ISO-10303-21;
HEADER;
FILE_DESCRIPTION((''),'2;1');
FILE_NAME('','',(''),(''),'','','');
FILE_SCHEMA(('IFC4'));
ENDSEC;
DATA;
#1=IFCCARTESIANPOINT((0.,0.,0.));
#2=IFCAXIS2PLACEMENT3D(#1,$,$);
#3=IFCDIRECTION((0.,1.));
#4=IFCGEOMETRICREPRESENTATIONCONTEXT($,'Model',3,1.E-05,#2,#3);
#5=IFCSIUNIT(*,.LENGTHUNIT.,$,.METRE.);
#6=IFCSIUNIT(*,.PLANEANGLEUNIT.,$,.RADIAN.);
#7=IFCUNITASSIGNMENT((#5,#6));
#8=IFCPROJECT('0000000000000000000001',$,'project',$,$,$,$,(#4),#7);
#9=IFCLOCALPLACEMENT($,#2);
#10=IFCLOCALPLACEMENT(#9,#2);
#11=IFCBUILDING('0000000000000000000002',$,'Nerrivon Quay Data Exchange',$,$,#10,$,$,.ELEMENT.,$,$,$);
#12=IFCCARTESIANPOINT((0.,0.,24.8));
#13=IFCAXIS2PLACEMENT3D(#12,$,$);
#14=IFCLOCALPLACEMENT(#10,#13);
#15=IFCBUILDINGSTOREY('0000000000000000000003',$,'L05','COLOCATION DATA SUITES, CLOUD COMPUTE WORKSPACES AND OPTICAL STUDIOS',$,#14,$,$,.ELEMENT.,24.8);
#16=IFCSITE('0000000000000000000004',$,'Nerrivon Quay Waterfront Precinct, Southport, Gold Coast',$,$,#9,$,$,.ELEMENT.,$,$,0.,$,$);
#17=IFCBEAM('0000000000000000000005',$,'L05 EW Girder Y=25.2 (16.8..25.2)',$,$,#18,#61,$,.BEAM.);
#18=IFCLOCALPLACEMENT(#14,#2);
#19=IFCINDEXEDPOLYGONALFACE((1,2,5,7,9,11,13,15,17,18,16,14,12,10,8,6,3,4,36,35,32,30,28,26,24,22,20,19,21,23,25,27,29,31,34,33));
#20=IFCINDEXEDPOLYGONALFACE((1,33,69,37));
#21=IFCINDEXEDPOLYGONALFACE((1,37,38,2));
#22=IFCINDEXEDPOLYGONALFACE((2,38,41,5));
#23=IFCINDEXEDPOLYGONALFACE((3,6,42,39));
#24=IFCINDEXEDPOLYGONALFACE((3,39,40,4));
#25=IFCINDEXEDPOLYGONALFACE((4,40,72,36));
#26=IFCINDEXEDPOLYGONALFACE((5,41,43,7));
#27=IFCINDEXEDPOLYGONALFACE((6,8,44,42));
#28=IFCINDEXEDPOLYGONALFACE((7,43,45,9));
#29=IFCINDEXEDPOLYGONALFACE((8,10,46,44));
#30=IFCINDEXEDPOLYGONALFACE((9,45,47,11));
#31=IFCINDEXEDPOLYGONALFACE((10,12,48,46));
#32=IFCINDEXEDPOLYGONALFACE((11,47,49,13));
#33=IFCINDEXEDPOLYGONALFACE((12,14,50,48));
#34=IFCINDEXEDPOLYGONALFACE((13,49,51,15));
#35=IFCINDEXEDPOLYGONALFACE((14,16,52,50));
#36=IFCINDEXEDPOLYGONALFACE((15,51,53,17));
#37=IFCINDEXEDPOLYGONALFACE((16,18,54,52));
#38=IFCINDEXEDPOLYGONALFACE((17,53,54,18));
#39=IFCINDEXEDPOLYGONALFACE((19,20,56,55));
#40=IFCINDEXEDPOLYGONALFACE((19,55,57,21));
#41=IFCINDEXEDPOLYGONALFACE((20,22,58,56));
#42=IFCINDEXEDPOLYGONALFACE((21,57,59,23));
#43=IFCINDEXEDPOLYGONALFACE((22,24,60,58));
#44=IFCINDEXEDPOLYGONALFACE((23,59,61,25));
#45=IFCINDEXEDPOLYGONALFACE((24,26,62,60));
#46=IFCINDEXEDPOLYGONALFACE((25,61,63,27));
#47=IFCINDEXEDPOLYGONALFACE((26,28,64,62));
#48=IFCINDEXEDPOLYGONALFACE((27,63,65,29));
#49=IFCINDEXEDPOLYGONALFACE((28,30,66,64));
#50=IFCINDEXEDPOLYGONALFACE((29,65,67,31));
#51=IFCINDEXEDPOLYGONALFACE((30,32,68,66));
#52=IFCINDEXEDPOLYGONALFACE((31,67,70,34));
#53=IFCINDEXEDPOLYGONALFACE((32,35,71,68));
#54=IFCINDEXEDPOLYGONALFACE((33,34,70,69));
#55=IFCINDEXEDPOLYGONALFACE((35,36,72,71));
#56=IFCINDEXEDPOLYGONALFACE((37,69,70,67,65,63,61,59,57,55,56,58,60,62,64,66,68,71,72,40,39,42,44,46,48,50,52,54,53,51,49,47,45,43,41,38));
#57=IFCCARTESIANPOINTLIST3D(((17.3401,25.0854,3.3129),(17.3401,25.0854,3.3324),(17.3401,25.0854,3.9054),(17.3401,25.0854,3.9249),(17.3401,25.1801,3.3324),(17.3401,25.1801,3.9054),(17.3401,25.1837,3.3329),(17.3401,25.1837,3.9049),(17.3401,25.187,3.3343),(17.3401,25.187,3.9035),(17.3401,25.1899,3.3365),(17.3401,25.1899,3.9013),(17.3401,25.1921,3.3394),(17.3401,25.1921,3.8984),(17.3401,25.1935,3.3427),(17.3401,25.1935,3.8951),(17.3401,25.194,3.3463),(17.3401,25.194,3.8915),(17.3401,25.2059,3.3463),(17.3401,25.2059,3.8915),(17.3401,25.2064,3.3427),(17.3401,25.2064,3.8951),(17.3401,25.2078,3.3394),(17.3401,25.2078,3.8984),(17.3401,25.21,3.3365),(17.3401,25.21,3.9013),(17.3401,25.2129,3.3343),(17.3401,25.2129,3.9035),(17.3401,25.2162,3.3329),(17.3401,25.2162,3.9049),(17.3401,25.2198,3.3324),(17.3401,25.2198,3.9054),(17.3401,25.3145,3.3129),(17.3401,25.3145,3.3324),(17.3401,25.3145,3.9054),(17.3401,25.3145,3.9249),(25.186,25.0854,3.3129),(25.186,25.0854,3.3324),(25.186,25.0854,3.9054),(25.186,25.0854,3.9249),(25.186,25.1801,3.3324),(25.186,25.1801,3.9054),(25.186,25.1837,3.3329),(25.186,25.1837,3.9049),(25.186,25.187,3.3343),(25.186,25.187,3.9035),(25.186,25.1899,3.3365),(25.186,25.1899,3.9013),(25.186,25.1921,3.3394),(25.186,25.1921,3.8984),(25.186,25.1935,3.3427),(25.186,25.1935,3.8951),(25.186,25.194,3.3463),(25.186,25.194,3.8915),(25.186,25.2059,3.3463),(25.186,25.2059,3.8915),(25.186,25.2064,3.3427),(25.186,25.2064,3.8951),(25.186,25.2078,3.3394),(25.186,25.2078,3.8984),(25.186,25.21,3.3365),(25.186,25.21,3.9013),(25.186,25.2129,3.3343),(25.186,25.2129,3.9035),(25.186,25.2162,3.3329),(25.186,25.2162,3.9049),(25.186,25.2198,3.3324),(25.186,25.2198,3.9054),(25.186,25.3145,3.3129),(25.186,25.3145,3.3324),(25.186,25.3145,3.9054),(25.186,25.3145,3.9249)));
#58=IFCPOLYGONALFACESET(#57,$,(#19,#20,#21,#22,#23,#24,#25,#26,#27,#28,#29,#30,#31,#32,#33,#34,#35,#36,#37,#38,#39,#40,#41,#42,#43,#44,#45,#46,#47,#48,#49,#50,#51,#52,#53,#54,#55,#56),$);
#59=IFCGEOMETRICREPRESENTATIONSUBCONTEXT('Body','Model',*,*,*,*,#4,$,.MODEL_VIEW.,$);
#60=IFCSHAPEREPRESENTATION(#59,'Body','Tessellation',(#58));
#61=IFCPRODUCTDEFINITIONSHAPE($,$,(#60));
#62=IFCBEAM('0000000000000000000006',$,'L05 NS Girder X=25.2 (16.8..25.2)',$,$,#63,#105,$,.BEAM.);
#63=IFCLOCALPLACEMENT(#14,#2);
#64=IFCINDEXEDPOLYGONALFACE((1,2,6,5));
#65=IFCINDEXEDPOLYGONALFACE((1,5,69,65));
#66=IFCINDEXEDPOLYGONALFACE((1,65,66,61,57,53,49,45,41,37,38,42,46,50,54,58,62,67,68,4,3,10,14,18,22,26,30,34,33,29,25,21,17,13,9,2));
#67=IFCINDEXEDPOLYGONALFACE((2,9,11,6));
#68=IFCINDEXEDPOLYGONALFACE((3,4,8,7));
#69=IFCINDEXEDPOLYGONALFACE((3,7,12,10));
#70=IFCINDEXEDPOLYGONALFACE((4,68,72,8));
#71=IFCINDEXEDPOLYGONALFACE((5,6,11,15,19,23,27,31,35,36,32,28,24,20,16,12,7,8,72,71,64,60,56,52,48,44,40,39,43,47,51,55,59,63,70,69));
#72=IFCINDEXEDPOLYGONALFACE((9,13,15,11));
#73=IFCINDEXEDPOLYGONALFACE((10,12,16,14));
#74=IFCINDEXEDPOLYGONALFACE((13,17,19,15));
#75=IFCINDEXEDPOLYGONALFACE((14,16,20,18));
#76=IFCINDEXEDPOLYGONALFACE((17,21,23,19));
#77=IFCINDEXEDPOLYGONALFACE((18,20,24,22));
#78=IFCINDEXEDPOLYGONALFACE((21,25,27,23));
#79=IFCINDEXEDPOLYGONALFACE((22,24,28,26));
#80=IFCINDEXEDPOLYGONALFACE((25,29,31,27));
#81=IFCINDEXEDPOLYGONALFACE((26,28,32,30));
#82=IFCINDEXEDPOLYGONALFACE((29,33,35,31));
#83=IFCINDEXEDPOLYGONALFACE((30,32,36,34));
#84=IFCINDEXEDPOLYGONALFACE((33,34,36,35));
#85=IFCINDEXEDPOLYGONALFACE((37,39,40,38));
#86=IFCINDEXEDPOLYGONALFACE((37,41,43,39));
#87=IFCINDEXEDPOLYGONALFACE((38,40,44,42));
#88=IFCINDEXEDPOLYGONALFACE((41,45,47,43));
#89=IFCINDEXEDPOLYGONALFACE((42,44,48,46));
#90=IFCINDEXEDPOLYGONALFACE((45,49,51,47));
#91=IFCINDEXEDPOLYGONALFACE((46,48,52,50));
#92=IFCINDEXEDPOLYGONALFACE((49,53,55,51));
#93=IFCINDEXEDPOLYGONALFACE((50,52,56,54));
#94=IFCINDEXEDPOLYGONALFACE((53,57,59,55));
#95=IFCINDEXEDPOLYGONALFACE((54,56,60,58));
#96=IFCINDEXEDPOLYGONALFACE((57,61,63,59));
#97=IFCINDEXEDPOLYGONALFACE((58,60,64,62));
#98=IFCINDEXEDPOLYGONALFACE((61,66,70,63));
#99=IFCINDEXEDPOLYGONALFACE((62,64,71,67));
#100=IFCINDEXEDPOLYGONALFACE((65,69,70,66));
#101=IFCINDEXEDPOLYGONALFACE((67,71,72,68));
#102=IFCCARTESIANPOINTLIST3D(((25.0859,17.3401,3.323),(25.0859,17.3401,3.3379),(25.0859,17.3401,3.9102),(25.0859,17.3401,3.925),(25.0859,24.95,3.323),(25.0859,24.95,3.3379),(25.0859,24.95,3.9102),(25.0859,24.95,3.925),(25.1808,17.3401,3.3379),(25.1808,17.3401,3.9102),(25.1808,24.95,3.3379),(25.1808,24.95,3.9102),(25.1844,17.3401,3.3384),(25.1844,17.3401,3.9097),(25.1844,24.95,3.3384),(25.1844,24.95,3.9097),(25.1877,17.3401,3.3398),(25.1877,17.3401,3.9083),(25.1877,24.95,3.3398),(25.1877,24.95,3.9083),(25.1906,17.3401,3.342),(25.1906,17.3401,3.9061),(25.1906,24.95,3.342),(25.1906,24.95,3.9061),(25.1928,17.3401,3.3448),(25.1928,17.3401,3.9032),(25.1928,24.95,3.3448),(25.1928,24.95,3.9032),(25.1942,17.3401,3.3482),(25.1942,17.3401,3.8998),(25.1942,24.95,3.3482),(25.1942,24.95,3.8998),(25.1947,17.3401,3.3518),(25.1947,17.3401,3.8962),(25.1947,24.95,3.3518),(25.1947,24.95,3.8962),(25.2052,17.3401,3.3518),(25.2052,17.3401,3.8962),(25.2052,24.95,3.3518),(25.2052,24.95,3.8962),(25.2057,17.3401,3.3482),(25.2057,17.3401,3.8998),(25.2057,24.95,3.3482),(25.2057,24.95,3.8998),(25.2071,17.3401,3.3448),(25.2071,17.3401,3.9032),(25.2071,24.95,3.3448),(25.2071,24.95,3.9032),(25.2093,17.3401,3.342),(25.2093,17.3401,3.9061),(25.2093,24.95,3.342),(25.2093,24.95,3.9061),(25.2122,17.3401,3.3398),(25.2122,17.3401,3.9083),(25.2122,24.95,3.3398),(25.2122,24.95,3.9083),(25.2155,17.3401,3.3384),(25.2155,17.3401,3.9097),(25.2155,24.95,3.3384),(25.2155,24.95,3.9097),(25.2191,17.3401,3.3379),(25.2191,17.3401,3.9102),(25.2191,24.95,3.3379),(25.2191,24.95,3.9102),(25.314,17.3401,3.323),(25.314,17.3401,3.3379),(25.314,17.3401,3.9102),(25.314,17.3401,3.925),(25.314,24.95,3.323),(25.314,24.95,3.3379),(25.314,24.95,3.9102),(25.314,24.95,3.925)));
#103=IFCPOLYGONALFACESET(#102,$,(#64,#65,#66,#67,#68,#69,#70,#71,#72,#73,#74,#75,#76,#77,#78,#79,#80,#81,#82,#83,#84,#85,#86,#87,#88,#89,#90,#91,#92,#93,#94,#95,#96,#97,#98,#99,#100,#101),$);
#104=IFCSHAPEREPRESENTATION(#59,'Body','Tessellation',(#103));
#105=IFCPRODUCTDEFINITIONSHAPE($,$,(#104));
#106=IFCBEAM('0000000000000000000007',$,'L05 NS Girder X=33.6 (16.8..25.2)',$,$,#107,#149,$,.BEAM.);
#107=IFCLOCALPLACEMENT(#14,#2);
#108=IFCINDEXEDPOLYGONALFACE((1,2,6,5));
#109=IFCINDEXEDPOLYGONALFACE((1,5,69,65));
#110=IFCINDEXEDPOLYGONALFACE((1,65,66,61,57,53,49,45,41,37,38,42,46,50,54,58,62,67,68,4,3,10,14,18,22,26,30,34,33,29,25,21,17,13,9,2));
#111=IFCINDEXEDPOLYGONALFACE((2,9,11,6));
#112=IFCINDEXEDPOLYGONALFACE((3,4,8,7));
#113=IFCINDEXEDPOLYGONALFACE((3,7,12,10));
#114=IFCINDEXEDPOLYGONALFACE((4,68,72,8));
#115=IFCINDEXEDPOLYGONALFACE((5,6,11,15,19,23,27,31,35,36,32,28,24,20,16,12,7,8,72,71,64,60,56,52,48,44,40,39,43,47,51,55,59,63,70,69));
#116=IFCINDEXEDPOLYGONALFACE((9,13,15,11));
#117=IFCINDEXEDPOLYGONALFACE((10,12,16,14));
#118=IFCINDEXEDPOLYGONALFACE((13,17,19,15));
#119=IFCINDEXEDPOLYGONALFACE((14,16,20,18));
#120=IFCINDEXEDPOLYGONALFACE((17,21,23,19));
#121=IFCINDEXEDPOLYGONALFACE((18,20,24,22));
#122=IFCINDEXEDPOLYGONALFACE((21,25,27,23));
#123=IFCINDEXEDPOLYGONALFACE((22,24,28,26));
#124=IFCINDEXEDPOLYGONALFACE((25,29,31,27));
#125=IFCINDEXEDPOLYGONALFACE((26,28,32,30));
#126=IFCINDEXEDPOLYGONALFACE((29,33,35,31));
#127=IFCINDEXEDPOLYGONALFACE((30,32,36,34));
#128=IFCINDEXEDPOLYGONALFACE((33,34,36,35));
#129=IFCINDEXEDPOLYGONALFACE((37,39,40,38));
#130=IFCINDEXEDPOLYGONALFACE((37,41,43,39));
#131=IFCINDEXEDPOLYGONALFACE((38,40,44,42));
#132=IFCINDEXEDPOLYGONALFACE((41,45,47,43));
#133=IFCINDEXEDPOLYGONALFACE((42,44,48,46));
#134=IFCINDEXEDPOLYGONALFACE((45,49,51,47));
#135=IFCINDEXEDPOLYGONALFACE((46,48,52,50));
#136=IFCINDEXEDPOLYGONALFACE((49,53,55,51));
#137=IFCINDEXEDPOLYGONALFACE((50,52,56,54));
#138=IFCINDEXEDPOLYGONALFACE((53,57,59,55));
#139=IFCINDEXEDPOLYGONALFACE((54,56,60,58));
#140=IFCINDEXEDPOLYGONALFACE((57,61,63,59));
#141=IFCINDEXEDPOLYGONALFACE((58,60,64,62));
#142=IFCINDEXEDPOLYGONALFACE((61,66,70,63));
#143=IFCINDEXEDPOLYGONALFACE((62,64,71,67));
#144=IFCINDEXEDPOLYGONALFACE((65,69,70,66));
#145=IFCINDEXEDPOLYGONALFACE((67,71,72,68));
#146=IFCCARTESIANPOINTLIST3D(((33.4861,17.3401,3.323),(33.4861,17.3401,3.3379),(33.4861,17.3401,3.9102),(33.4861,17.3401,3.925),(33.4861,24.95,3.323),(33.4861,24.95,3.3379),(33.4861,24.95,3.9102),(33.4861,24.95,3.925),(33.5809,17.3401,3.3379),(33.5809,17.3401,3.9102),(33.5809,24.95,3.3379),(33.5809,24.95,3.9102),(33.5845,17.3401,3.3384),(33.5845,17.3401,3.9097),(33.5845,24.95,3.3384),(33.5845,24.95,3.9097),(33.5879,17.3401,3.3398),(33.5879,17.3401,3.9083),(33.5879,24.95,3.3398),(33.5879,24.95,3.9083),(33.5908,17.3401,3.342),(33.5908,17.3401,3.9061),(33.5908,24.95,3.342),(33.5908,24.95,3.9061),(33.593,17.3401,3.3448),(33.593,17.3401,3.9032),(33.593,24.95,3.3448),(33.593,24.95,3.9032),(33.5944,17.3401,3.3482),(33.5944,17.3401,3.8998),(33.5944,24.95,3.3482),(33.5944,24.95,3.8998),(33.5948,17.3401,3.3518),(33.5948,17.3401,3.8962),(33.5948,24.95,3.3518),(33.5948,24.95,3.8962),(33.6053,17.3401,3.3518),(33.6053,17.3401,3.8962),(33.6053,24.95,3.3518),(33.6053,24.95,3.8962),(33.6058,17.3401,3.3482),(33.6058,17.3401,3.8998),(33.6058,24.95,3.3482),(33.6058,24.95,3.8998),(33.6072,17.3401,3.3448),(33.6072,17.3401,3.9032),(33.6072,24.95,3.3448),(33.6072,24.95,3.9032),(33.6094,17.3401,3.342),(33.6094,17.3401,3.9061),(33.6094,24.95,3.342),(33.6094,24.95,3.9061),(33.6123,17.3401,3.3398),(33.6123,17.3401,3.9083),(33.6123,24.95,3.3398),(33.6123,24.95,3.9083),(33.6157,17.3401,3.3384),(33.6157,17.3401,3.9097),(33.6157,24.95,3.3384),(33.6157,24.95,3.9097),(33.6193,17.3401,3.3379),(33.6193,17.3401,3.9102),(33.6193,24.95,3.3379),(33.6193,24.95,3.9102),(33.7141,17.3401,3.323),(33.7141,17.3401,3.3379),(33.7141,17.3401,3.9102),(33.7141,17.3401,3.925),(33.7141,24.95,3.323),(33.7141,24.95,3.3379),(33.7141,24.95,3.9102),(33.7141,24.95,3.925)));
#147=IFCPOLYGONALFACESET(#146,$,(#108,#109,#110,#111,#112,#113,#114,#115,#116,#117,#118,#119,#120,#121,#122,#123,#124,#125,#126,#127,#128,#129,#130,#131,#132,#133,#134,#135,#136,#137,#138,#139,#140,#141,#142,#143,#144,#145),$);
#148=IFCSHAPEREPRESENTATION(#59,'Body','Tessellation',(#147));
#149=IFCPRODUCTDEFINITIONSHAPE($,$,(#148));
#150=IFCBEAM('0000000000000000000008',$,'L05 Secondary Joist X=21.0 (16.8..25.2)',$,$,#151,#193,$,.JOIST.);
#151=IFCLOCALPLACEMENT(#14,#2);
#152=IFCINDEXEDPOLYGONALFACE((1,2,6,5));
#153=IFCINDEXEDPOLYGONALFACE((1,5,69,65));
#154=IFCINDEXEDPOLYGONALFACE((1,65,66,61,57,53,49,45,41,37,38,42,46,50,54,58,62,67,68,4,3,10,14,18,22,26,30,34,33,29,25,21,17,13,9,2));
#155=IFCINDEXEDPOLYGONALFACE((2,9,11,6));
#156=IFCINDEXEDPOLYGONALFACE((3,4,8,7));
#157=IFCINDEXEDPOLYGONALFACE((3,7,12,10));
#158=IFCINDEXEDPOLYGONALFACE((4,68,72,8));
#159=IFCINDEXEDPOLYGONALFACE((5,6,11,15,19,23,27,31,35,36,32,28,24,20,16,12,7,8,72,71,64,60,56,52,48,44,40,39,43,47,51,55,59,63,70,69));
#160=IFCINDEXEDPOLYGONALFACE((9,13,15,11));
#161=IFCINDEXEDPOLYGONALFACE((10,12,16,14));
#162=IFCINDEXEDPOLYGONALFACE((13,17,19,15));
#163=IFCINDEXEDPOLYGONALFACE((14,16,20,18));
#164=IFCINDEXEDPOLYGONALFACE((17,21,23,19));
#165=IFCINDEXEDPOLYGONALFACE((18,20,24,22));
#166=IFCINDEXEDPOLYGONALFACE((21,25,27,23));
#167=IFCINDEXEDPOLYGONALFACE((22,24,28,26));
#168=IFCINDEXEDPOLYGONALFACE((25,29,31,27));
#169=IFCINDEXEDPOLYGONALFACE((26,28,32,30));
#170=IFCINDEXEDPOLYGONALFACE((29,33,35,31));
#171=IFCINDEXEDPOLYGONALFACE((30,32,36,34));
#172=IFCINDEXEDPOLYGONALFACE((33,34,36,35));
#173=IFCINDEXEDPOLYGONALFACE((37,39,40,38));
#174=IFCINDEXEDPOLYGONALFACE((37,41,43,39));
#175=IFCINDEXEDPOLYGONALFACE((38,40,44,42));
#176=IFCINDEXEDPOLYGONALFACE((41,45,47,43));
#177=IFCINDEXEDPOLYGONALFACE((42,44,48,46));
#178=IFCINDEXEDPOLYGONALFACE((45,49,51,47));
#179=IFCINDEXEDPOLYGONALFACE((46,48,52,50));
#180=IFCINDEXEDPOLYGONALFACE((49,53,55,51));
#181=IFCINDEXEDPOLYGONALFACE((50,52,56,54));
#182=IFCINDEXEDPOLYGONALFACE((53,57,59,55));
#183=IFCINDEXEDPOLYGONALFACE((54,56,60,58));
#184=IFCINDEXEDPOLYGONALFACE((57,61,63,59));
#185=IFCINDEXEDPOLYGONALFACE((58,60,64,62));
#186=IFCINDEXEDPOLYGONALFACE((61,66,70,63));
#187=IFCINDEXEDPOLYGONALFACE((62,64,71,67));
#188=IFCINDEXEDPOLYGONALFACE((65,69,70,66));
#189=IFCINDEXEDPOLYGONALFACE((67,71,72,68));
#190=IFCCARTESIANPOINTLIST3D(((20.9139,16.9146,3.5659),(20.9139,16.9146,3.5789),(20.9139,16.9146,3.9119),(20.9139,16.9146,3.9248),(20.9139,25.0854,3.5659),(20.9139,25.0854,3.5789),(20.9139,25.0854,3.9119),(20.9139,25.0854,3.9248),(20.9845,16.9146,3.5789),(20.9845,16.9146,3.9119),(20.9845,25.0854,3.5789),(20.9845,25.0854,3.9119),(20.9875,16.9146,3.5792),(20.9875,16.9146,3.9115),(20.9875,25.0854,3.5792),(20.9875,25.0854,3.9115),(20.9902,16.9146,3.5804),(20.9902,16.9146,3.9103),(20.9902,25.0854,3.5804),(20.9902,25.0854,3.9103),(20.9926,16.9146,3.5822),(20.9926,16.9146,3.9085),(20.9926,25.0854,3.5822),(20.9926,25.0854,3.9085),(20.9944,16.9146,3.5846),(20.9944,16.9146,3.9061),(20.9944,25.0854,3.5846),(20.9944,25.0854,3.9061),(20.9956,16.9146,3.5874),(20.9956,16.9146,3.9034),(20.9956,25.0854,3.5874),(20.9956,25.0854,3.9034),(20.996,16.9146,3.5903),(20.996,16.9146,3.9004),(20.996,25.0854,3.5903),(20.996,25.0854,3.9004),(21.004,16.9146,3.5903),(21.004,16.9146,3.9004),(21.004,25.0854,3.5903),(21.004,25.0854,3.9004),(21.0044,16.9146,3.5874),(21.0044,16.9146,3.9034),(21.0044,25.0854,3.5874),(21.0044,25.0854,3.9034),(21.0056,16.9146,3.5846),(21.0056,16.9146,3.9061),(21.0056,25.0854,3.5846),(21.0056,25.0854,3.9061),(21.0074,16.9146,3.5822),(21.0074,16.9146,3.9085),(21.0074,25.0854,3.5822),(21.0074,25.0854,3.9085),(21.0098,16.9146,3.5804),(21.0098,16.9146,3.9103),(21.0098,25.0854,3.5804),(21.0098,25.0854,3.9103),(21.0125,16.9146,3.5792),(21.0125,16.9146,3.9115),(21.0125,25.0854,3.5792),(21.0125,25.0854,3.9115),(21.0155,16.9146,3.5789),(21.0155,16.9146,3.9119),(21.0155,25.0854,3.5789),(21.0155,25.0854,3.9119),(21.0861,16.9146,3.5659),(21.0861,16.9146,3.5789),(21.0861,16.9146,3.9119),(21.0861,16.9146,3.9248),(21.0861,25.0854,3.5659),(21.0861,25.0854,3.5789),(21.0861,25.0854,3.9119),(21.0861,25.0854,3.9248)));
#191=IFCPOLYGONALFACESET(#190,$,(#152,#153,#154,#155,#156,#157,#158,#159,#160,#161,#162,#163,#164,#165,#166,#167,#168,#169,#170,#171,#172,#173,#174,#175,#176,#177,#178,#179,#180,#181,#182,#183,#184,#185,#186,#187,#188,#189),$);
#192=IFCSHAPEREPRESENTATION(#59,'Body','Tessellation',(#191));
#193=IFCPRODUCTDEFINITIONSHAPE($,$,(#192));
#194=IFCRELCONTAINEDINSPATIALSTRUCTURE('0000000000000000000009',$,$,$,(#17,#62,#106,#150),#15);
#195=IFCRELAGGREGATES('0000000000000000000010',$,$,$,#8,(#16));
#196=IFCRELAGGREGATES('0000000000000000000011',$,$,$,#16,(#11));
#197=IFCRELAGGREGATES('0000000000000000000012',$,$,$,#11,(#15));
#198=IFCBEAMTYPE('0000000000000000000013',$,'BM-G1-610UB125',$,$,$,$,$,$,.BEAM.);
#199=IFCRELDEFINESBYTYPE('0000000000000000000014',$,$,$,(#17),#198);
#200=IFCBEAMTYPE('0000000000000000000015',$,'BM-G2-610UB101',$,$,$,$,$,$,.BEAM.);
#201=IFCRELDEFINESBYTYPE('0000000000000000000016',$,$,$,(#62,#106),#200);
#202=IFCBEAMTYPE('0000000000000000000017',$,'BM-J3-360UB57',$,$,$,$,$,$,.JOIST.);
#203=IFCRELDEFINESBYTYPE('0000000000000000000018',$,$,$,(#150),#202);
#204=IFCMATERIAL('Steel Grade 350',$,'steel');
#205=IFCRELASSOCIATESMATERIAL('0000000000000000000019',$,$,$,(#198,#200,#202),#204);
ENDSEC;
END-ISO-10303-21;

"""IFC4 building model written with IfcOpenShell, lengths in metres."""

from ifc_helpers import new_model, si_unit, direction, frame, origin, origin_2d, place, context, subcontext, project, spatial, i_section, extrude, material, material_profile, profile_set, type_object, element, save


model = new_model("IFC4")

# Units and contexts
model_context = context("Model", 3, precision=1e-05, world=origin(), true_north=direction((0.0, 1.0)))
body_context = subcontext(model_context, "Body", "Model", "MODEL_VIEW")
ifc_project = project(units=[si_unit("LENGTHUNIT", "METRE"), si_unit("PLANEANGLEUNIT", "RADIAN")], contexts=[model_context])

# Site, building, storey
site_placement = place(None, origin())
site = spatial("IfcSite", under=ifc_project, at=site_placement, Name="Nerrivon Quay Waterfront Precinct, Southport, Gold Coast", CompositionType="ELEMENT", RefElevation=0.0)
building_placement = place(site_placement, origin())
building = spatial("IfcBuilding", under=site, at=building_placement, Name="Nerrivon Quay Data Exchange", CompositionType="ELEMENT")
storey_placement = place(building_placement, frame((0.0, 0.0, 24.8)))
storey = spatial("IfcBuildingStorey", under=building, at=storey_placement, Name="L05", Description="COLOCATION DATA SUITES, CLOUD COMPUTE WORKSPACES AND OPTICAL STUDIOS", CompositionType="ELEMENT", Elevation=24.8)

# Beams
ifc_material_1 = material(Name="Steel Grade 350", Category="steel")
ifc_material_profile_1 = material_profile(ifc_material_1, i_section(OverallWidth=0.229, OverallDepth=0.6121, WebThickness=0.012, FlangeThickness=0.0195, FilletRadius=0.0139, at=origin_2d()), Name="610UB125")
ifc_profile_set_1 = profile_set([ifc_material_profile_1], Name="Steel Grade 350")
beam_type_1 = type_object("IfcBeamType", Name="BM-G1-610UB125", PredefinedType="BEAM", material=ifc_profile_set_1)
beam_1_placement = place(storey_placement, frame((17.3401, 25.2, 3.6189), z_axis=(1.0, 0.0, 0.0), x_axis=(0.0, 1.0, 0.0)))
element("IfcBeam", 1, at=beam_1_placement, inside=storey, type_object=beam_type_1, Name="L05 EW Girder Y=25.2 (16.8..25.2)", PredefinedType="BEAM", context=body_context, shape_type="SweptSolid", body=[
    extrude(i_section(OverallWidth=0.229, OverallDepth=0.6121, WebThickness=0.012, FlangeThickness=0.0195, FilletRadius=0.0139, at=origin_2d()), origin(), (0.0, 0.0, 1.0), 7.8459),
])
ifc_material_profile_2 = material_profile(ifc_material_1, i_section(OverallWidth=0.228, OverallDepth=0.6021, WebThickness=0.0105, FlangeThickness=0.0149, FilletRadius=0.0139, at=origin_2d()), Name="610UB101")
ifc_profile_set_2 = profile_set([ifc_material_profile_2], Name="Steel Grade 350")
beam_type_2 = type_object("IfcBeamType", Name="BM-G2-610UB101", PredefinedType="BEAM", material=ifc_profile_set_2)
for number, where, z_axis, x_axis, name in (
    (2, (25.2, 17.3401, 3.624), (0.0, 1.0, 0.0), (-1.0, 0.0, 0.0), "L05 NS Girder X=25.2 (16.8..25.2)"),
    (3, (33.6001, 17.3401, 3.624), (0.0, 1.0, 0.0), (-1.0, 0.0, 0.0), "L05 NS Girder X=33.6 (16.8..25.2)"),
):
    element("IfcBeam", number, at=place(storey_placement, frame(where, z_axis=z_axis, x_axis=x_axis)), inside=storey, type_object=beam_type_2, Name=name, PredefinedType="BEAM", context=body_context, shape_type="SweptSolid", body=[
        extrude(i_section(OverallWidth=0.228, OverallDepth=0.6021, WebThickness=0.0105, FlangeThickness=0.0149, FilletRadius=0.0139, at=origin_2d()), origin(), (0.0, 0.0, 1.0), 7.6099),
    ])
ifc_material_profile_3 = material_profile(ifc_material_1, i_section(OverallWidth=0.1721, OverallDepth=0.3589, WebThickness=0.0081, FlangeThickness=0.0129, FilletRadius=0.0115, at=origin_2d()), Name="360UB56.7")
ifc_profile_set_3 = profile_set([ifc_material_profile_3], Name="Steel Grade 350")
beam_type_3 = type_object("IfcBeamType", Name="BM-J3-360UB57", PredefinedType="JOIST", material=ifc_profile_set_3)
beam_2_placement = place(storey_placement, frame((21.0, 16.9146, 3.7454), z_axis=(0.0, 1.0, 0.0), x_axis=(-1.0, 0.0, 0.0)))
element("IfcBeam", 4, at=beam_2_placement, inside=storey, type_object=beam_type_3, Name="L05 Secondary Joist X=21.0 (16.8..25.2)", PredefinedType="JOIST", context=body_context, shape_type="SweptSolid", body=[
    extrude(i_section(OverallWidth=0.1721, OverallDepth=0.3589, WebThickness=0.0081, FlangeThickness=0.0129, FilletRadius=0.0115, at=origin_2d()), origin(), (0.0, 0.0, 1.0), 8.1709),
])

save(model, "model.ifc")
